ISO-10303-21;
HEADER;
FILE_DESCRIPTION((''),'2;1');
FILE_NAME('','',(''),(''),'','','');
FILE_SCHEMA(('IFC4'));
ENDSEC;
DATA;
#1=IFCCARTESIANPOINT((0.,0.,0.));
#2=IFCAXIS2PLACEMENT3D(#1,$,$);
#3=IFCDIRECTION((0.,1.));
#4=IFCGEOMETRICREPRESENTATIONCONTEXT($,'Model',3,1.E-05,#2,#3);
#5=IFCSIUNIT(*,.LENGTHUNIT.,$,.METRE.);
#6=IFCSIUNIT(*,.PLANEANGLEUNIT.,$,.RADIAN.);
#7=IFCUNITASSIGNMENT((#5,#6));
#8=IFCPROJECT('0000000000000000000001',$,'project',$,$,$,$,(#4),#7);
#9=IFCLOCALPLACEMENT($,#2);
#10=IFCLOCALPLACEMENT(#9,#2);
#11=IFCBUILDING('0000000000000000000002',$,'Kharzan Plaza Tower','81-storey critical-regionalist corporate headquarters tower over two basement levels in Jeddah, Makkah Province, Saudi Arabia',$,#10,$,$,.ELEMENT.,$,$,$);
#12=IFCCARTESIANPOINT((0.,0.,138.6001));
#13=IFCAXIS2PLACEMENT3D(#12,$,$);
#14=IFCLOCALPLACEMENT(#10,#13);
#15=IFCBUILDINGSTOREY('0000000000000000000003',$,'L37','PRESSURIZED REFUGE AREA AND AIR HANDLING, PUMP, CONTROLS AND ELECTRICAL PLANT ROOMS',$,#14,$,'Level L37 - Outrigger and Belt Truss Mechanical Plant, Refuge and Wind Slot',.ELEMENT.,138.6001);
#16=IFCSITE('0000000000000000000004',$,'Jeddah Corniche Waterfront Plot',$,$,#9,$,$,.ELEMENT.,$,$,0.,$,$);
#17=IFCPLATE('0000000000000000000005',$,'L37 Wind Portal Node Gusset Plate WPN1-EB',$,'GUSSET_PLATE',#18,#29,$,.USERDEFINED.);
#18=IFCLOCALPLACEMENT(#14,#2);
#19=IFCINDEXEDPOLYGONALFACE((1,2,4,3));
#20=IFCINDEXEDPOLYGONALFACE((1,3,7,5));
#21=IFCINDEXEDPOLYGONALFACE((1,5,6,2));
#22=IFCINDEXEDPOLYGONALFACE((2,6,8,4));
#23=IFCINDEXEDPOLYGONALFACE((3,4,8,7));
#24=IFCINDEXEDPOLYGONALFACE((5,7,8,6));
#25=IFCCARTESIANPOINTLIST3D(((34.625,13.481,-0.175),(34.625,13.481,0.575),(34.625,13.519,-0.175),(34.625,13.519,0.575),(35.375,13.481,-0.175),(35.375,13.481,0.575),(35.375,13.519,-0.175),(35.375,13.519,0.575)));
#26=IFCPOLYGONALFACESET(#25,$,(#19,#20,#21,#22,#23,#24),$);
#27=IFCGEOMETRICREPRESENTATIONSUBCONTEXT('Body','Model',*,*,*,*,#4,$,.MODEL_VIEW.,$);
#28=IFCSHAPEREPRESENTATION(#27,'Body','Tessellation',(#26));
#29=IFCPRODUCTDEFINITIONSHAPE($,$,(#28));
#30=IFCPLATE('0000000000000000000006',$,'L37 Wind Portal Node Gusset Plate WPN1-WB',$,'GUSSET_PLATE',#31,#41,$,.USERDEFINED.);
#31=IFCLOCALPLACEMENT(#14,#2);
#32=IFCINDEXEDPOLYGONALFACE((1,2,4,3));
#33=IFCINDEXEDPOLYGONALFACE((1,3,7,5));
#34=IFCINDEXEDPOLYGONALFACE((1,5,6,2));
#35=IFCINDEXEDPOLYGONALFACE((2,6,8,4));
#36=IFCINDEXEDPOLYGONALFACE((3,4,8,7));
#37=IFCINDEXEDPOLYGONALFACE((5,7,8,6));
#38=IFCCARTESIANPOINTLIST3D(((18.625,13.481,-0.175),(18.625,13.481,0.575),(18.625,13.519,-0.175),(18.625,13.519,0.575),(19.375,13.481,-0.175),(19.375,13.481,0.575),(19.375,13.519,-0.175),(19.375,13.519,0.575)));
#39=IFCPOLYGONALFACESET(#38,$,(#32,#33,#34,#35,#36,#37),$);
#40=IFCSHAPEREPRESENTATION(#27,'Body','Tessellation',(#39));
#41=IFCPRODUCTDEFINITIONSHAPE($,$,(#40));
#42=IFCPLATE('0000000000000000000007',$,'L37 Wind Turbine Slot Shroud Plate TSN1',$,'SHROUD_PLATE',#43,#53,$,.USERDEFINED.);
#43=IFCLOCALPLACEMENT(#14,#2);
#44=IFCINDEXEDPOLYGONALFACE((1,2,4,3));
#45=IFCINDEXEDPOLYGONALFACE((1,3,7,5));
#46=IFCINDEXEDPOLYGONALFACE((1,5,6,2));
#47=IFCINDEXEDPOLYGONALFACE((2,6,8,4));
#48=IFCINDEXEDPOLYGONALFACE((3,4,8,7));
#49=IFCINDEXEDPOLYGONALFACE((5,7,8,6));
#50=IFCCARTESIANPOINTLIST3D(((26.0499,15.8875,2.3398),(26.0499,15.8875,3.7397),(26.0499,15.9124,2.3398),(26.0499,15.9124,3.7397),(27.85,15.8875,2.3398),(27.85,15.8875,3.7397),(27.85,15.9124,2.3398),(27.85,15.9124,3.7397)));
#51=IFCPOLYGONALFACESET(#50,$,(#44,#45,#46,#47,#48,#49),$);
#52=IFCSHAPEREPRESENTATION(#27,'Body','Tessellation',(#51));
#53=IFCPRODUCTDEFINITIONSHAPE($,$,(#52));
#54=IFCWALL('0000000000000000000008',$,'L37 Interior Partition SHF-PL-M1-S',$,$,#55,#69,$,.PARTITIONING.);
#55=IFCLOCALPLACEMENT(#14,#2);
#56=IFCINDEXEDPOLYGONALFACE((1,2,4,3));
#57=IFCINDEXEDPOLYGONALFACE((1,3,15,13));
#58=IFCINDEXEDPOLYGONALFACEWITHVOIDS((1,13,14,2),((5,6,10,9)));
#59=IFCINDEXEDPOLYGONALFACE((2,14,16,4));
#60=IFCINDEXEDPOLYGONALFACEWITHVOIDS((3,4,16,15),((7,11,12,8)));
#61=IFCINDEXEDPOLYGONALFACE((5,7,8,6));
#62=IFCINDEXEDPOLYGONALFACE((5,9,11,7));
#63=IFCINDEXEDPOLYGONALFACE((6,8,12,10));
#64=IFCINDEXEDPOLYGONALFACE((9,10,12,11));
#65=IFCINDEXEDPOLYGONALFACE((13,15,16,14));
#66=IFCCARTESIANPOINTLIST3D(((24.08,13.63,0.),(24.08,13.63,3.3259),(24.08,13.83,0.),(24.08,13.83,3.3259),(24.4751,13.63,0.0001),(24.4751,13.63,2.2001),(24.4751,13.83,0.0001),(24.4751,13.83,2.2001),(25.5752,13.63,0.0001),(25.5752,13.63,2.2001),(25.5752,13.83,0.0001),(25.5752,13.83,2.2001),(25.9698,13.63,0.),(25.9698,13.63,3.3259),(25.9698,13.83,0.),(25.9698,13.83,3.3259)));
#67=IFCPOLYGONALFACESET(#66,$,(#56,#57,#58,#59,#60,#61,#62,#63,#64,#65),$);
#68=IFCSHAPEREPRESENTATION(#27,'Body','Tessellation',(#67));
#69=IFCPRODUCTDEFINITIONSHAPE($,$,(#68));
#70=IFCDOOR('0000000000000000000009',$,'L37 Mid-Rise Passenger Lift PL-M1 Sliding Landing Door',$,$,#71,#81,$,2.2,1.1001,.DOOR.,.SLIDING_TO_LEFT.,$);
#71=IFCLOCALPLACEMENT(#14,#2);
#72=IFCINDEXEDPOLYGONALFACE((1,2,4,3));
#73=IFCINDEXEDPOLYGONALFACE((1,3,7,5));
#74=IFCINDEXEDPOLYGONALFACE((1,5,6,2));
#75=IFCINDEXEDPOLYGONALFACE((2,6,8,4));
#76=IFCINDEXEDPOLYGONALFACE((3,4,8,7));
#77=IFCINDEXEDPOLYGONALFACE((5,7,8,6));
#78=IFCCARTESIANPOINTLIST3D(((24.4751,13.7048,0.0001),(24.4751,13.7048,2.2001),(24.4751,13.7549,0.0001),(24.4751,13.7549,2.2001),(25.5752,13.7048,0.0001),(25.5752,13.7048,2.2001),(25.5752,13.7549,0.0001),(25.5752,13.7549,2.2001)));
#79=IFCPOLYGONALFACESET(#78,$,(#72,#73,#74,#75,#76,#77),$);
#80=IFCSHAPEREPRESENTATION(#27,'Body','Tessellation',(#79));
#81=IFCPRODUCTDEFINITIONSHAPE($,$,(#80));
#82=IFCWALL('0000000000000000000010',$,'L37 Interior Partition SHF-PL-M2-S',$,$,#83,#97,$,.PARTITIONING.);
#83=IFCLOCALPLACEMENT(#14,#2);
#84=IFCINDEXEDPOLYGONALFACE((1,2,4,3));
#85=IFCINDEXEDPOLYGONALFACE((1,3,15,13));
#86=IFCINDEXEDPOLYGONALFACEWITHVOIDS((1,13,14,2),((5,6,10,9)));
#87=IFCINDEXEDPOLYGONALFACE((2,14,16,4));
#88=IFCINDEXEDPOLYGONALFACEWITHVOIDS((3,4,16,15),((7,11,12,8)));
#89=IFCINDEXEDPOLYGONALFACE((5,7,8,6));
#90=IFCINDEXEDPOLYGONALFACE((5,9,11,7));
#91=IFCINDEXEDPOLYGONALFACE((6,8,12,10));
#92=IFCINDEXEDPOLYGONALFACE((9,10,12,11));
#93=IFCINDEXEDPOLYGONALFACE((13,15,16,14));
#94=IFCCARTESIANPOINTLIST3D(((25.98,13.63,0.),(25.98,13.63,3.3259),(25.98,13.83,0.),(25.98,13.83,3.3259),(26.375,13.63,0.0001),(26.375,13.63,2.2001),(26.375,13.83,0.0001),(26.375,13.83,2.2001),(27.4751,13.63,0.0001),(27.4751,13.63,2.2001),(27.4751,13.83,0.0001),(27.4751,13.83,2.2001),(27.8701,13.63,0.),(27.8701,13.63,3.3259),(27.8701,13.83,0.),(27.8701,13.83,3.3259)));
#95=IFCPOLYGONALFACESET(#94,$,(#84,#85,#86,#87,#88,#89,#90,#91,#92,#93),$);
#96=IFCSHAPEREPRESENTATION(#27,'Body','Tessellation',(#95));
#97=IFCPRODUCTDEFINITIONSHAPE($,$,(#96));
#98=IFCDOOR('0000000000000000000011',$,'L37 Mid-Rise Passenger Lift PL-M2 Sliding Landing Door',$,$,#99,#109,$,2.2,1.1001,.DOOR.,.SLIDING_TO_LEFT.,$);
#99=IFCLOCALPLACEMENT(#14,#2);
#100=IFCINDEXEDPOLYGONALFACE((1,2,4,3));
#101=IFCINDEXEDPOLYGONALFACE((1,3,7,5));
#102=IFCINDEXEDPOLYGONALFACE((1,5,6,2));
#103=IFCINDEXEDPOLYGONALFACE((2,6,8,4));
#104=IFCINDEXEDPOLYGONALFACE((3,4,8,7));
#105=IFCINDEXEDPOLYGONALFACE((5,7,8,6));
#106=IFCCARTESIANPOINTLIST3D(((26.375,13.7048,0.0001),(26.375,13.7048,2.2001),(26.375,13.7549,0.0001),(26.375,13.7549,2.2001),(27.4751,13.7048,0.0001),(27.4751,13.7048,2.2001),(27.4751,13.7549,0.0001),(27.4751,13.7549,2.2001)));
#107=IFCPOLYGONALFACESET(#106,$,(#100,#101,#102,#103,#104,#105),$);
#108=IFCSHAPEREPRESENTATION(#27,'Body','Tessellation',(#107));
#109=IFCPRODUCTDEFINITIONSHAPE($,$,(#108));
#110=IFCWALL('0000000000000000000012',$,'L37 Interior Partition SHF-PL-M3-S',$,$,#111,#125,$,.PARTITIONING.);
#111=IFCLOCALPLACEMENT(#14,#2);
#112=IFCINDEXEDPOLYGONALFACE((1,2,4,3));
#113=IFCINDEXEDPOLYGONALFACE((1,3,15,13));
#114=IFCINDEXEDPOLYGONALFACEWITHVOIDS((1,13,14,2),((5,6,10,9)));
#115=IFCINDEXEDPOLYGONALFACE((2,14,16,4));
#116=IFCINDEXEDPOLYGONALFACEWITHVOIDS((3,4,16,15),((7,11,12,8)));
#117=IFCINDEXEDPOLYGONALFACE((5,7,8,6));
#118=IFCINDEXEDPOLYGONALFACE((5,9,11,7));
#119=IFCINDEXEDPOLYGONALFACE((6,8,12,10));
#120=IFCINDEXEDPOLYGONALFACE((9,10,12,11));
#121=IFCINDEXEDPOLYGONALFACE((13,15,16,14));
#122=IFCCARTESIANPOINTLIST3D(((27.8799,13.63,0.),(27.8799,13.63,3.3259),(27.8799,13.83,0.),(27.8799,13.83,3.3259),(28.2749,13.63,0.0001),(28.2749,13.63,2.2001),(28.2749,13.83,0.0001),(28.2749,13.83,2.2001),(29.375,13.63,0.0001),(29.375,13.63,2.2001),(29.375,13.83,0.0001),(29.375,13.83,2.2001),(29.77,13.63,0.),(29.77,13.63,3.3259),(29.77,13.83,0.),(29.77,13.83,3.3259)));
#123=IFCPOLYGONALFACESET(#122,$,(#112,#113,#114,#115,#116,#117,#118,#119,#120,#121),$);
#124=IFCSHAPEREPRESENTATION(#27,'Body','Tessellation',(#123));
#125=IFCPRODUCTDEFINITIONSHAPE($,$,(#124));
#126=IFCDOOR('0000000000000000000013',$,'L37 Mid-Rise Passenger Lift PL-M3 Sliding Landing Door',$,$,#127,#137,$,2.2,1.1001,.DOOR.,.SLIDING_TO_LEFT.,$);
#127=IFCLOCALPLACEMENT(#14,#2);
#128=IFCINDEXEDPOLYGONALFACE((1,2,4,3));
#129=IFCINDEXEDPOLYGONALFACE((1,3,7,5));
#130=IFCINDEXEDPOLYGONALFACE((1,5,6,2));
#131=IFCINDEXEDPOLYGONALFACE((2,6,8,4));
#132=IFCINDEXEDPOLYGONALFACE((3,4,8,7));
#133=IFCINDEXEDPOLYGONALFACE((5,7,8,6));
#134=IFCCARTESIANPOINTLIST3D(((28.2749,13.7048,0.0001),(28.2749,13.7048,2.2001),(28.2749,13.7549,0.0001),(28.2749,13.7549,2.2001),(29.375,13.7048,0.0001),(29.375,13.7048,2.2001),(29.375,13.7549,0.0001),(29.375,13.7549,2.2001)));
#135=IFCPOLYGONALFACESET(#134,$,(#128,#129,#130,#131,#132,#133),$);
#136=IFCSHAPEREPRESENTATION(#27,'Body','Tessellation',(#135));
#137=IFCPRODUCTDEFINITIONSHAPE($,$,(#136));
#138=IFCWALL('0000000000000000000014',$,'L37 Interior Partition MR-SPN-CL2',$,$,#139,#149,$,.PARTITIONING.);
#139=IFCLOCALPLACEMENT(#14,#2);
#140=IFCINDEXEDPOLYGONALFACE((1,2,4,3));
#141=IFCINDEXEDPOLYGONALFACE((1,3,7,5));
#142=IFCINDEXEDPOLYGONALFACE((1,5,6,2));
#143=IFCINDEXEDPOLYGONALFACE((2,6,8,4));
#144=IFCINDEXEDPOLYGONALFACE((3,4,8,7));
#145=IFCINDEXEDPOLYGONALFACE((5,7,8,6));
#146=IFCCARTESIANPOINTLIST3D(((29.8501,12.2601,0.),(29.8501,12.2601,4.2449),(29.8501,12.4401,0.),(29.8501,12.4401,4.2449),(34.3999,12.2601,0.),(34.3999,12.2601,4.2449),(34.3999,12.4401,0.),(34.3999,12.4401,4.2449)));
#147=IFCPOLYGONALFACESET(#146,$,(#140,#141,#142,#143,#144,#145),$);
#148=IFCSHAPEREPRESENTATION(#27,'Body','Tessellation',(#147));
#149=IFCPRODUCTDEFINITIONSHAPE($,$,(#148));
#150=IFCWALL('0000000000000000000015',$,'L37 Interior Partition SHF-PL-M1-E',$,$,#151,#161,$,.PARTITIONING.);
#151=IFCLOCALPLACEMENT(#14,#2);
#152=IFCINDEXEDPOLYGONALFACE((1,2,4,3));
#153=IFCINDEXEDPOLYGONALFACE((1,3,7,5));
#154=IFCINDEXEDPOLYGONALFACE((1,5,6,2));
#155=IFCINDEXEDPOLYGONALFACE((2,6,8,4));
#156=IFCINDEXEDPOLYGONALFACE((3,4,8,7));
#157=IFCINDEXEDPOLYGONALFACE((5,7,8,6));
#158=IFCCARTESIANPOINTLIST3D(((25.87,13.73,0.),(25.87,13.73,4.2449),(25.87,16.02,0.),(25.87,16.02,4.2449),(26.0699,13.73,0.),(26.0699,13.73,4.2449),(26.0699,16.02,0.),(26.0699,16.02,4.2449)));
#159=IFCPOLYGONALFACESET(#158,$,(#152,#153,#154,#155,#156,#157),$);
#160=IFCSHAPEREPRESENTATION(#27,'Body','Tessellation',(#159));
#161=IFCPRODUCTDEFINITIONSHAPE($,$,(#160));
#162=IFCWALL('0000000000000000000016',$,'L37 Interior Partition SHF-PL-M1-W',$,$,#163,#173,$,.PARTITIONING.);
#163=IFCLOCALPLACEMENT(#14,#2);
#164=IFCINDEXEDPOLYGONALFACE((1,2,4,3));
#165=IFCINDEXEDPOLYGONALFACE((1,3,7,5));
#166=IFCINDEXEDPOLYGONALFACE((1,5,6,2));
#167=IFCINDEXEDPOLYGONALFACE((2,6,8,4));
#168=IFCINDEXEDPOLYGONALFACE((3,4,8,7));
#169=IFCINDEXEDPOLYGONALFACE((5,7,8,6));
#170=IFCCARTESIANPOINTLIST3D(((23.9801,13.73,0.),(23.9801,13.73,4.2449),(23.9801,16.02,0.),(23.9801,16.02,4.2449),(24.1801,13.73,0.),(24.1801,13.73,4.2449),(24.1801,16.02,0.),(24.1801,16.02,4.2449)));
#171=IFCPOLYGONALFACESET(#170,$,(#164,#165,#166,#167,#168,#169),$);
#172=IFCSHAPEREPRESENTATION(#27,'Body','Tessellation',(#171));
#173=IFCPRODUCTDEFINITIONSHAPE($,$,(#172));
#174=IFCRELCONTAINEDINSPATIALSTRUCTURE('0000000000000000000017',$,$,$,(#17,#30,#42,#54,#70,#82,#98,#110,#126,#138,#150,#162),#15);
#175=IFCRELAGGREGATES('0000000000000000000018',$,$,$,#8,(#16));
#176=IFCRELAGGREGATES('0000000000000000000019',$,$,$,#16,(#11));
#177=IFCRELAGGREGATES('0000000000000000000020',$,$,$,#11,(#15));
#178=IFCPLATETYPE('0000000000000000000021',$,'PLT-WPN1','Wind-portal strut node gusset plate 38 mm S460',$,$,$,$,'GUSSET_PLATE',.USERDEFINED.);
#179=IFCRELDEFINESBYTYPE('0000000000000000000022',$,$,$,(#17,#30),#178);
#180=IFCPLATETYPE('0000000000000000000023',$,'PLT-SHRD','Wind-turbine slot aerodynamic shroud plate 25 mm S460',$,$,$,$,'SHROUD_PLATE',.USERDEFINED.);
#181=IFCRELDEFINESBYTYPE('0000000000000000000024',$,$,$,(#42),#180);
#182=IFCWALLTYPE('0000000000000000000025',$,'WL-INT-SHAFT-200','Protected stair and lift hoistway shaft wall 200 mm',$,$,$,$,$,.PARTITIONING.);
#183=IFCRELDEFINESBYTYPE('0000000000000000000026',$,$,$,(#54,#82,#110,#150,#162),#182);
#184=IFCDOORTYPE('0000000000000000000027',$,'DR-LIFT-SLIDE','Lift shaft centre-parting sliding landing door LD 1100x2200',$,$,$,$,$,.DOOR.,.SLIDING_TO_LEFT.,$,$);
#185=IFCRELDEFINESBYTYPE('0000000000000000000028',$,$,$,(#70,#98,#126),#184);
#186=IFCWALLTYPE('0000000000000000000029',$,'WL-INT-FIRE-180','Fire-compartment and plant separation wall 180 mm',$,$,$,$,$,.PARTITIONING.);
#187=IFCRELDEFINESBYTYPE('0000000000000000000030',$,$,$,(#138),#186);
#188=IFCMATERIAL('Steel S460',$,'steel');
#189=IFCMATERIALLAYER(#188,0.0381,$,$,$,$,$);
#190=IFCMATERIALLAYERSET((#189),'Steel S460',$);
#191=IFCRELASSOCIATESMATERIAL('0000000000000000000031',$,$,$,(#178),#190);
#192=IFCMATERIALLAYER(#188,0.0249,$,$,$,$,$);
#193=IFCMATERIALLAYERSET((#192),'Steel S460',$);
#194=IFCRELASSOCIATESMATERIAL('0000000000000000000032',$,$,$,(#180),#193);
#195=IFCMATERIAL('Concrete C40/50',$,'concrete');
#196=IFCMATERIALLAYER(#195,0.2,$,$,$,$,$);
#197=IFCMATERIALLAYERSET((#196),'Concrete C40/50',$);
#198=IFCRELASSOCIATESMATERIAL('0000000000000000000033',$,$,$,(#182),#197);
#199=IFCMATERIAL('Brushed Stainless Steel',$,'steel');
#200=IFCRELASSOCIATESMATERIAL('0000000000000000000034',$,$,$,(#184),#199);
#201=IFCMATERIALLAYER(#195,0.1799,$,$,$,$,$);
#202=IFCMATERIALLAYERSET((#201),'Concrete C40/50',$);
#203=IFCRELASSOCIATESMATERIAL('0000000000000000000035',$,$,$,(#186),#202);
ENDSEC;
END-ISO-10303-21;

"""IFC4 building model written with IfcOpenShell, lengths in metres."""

from ifc_helpers import new_model, si_unit, direction, frame, frame_2d, origin, origin_2d, place, context, subcontext, project, spatial, rectangle, extrude, source, transform, mapped, material, layer, layer_set, type_object, element, fill, save


model = new_model("IFC4")

# Units and contexts
model_context = context("Model", 3, precision=1e-05, world=origin(), true_north=direction((0.0, 1.0)))
body_context = subcontext(model_context, "Body", "Model", "MODEL_VIEW")
ifc_project = project(units=[si_unit("LENGTHUNIT", "METRE"), si_unit("PLANEANGLEUNIT", "RADIAN")], contexts=[model_context])

# Site, building, storey
site_placement = place(None, origin())
site = spatial("IfcSite", under=ifc_project, at=site_placement, Name="Jeddah Corniche Waterfront Plot", CompositionType="ELEMENT", RefElevation=0.0)
building_placement = place(site_placement, origin())
building = spatial("IfcBuilding", under=site, at=building_placement, Name="Kharzan Plaza Tower", Description="81-storey critical-regionalist corporate headquarters tower over two basement levels in Jeddah, Makkah Province, Saudi Arabia", CompositionType="ELEMENT")
storey_placement = place(building_placement, frame((0.0, 0.0, 138.6001)))
storey = spatial("IfcBuildingStorey", under=building, at=storey_placement, Name="L37", Description="PRESSURIZED REFUGE AREA AND AIR HANDLING, PUMP, CONTROLS AND ELECTRICAL PLANT ROOMS", LongName="Level L37 - Outrigger and Belt Truss Mechanical Plant, Refuge and Wind Slot", CompositionType="ELEMENT", Elevation=138.6001)

# Plates
ifc_material_1 = material(Name="Steel S460", Category="steel")
ifc_layer_1 = layer(ifc_material_1, 0.0381)
ifc_layer_set_1 = layer_set([ifc_layer_1], Name="Steel S460")
plate_type_1 = type_object("IfcPlateType", Name="PLT-WPN1", Description="Wind-portal strut node gusset plate 38 mm S460", ElementType="GUSSET_PLATE", PredefinedType="USERDEFINED", material=ifc_layer_set_1)
shared_shape_1 = source(origin(), body_context, "Body", "SweptSolid", [
    extrude(rectangle(XDim=0.75, YDim=0.0381, at=origin_2d()), origin(), (0.0, 0.0, 1.0), 0.75),
])
for number, where, z_axis, x_axis, name in (
    (1, (35.0, 13.5, -0.175), (0.0, 0.0, 1.0), (1.0, 0.0, 0.0), "L37 Wind Portal Node Gusset Plate WPN1-EB"),
    (2, (19.0, 13.5, -0.175), (0.0, 0.0, 1.0), (1.0, 0.0, 0.0), "L37 Wind Portal Node Gusset Plate WPN1-WB"),
):
    element("IfcPlate", number, at=place(storey_placement, frame(where, z_axis=z_axis, x_axis=x_axis)), inside=storey, type_object=plate_type_1, Name=name, ObjectType="GUSSET_PLATE", PredefinedType="USERDEFINED", context=body_context, shape_type="MappedRepresentation", body=[
        mapped(shared_shape_1, transform((0.0, 0.0, 0.0), x_axis=(1.0, 0.0, 0.0), y_axis=(0.0, 1.0, 0.0), z_axis=(0.0, 0.0, 1.0))),
    ])
ifc_layer_2 = layer(ifc_material_1, 0.0249)
ifc_layer_set_2 = layer_set([ifc_layer_2], Name="Steel S460")
plate_type_2 = type_object("IfcPlateType", Name="PLT-SHRD", Description="Wind-turbine slot aerodynamic shroud plate 25 mm S460", ElementType="SHROUD_PLATE", PredefinedType="USERDEFINED", material=ifc_layer_set_2)
shared_shape_2 = source(origin(), body_context, "Body", "SweptSolid", [
    extrude(rectangle(XDim=1.8, YDim=0.0249, at=origin_2d()), origin(), (0.0, 0.0, 1.0), 1.3999),
])
plate_placement = place(storey_placement, frame((26.95, 15.8999, 2.3398), z_axis=(0.0, 0.0, 1.0), x_axis=(1.0, 0.0, 0.0)))
element("IfcPlate", 3, at=plate_placement, inside=storey, type_object=plate_type_2, Name="L37 Wind Turbine Slot Shroud Plate TSN1", ObjectType="SHROUD_PLATE", PredefinedType="USERDEFINED", context=body_context, shape_type="MappedRepresentation", body=[
    mapped(shared_shape_2, transform((0.0, 0.0, 0.0), x_axis=(1.0, 0.0, 0.0), y_axis=(0.0, 1.0, 0.0), z_axis=(0.0, 0.0, 1.0))),
])

# Walls, openings, doors
ifc_material_2 = material(Name="Concrete C40/50", Category="concrete")
ifc_layer_3 = layer(ifc_material_2, 0.2)
ifc_layer_set_3 = layer_set([ifc_layer_3], Name="Concrete C40/50")
wall_type_1 = type_object("IfcWallType", Name="WL-INT-SHAFT-200", Description="Protected stair and lift hoistway shaft wall 200 mm", PredefinedType="PARTITIONING", material=ifc_layer_set_3)
wall_1_placement = place(storey_placement, frame((24.0801, 13.73, 0.0), z_axis=(0.0, 0.0, 1.0), x_axis=(1.0, 0.0, 0.0)))
wall_1 = element("IfcWall", 4, at=wall_1_placement, inside=storey, type_object=wall_type_1, Name="L37 Interior Partition SHF-PL-M1-S", PredefinedType="PARTITIONING", context=body_context, shape_type="SweptSolid", body=[
    extrude(rectangle(XDim=1.8899, YDim=0.2, at=frame_2d((0.9448, 0.0))), origin(), (0.0, 0.0, 1.0), 3.3259),
])
opening_1_placement = place(wall_1_placement, frame((0.395, 0.0, 0.0)))
opening_1 = element("IfcOpeningElement", 5, at=opening_1_placement, cuts=wall_1, PredefinedType="OPENING", context=body_context, shape_type="SweptSolid", body=[
    extrude(rectangle(XDim=1.1001, YDim=2.2, at=frame_2d((0.55, 1.1001))), frame((0.0, 0.1099, 0.0), z_axis=(0.0, -1.0, 0.0), x_axis=(1.0, 0.0, 0.0)), (0.0, 0.0, 1.0), 0.22),
])
ifc_material_3 = material(Name="Brushed Stainless Steel", Category="steel")
door_type = type_object("IfcDoorType", Name="DR-LIFT-SLIDE", Description="Lift shaft centre-parting sliding landing door LD 1100x2200", OperationType="SLIDING_TO_LEFT", PredefinedType="DOOR", material=ifc_material_3)
shared_shape_3 = source(origin(), body_context, "Body", "SweptSolid", [
    extrude(rectangle(XDim=1.1001, YDim=2.2, at=frame_2d((0.55, 1.1001))), frame((0.0, 0.0249, 0.0), z_axis=(0.0, -1.0, 0.0), x_axis=(1.0, 0.0, 0.0)), (0.0, 0.0, 1.0), 0.05),
])
door_1_placement = place(opening_1_placement, origin())
door_1 = element("IfcDoor", 6, at=door_1_placement, inside=storey, type_object=door_type, Name="L37 Mid-Rise Passenger Lift PL-M1 Sliding Landing Door", OperationType="SLIDING_TO_LEFT", OverallHeight=2.2, OverallWidth=1.1001, PredefinedType="DOOR", context=body_context, shape_type="MappedRepresentation", body=[
    mapped(shared_shape_3, transform((0.0, 0.0, 0.0), x_axis=(1.0, 0.0, 0.0), y_axis=(0.0, 1.0, 0.0), z_axis=(0.0, 0.0, 1.0))),
])
fill(opening_1, door_1)
wall_2_placement = place(storey_placement, frame((25.98, 13.73, 0.0), z_axis=(0.0, 0.0, 1.0), x_axis=(1.0, 0.0, 0.0)))
wall_2 = element("IfcWall", 7, at=wall_2_placement, inside=storey, type_object=wall_type_1, Name="L37 Interior Partition SHF-PL-M2-S", PredefinedType="PARTITIONING", context=body_context, shape_type="SweptSolid", body=[
    extrude(rectangle(XDim=1.8901, YDim=0.2, at=frame_2d((0.9451, 0.0))), origin(), (0.0, 0.0, 1.0), 3.3259),
])
opening_2_placement = place(wall_2_placement, frame((0.395, 0.0, 0.0)))
opening_2 = element("IfcOpeningElement", 8, at=opening_2_placement, cuts=wall_2, PredefinedType="OPENING", context=body_context, shape_type="SweptSolid", body=[
    extrude(rectangle(XDim=1.1001, YDim=2.2, at=frame_2d((0.55, 1.1001))), frame((0.0, 0.1099, 0.0), z_axis=(0.0, -1.0, 0.0), x_axis=(1.0, 0.0, 0.0)), (0.0, 0.0, 1.0), 0.22),
])
door_2_placement = place(opening_2_placement, origin())
door_2 = element("IfcDoor", 9, at=door_2_placement, inside=storey, type_object=door_type, Name="L37 Mid-Rise Passenger Lift PL-M2 Sliding Landing Door", OperationType="SLIDING_TO_LEFT", OverallHeight=2.2, OverallWidth=1.1001, PredefinedType="DOOR", context=body_context, shape_type="MappedRepresentation", body=[
    mapped(shared_shape_3, transform((0.0, 0.0, 0.0), x_axis=(1.0, 0.0, 0.0), y_axis=(0.0, 1.0, 0.0), z_axis=(0.0, 0.0, 1.0))),
])
fill(opening_2, door_2)
wall_3_placement = place(storey_placement, frame((27.8799, 13.73, 0.0), z_axis=(0.0, 0.0, 1.0), x_axis=(1.0, 0.0, 0.0)))
wall_3 = element("IfcWall", 10, at=wall_3_placement, inside=storey, type_object=wall_type_1, Name="L37 Interior Partition SHF-PL-M3-S", PredefinedType="PARTITIONING", context=body_context, shape_type="SweptSolid", body=[
    extrude(rectangle(XDim=1.8901, YDim=0.2, at=frame_2d((0.9451, 0.0))), origin(), (0.0, 0.0, 1.0), 3.3259),
])
opening_3_placement = place(wall_3_placement, frame((0.395, 0.0, 0.0)))
opening_3 = element("IfcOpeningElement", 11, at=opening_3_placement, cuts=wall_3, PredefinedType="OPENING", context=body_context, shape_type="SweptSolid", body=[
    extrude(rectangle(XDim=1.1001, YDim=2.2, at=frame_2d((0.55, 1.1001))), frame((0.0, 0.1099, 0.0), z_axis=(0.0, -1.0, 0.0), x_axis=(1.0, 0.0, 0.0)), (0.0, 0.0, 1.0), 0.22),
])
door_3_placement = place(opening_3_placement, origin())
door_3 = element("IfcDoor", 12, at=door_3_placement, inside=storey, type_object=door_type, Name="L37 Mid-Rise Passenger Lift PL-M3 Sliding Landing Door", OperationType="SLIDING_TO_LEFT", OverallHeight=2.2, OverallWidth=1.1001, PredefinedType="DOOR", context=body_context, shape_type="MappedRepresentation", body=[
    mapped(shared_shape_3, transform((0.0, 0.0, 0.0), x_axis=(1.0, 0.0, 0.0), y_axis=(0.0, 1.0, 0.0), z_axis=(0.0, 0.0, 1.0))),
])
fill(opening_3, door_3)

# Walls
ifc_layer_4 = layer(ifc_material_2, 0.1799)
ifc_layer_set_4 = layer_set([ifc_layer_4], Name="Concrete C40/50")
wall_type_2 = type_object("IfcWallType", Name="WL-INT-FIRE-180", Description="Fire-compartment and plant separation wall 180 mm", PredefinedType="PARTITIONING", material=ifc_layer_set_4)
shared_shape_4 = source(origin(), body_context, "Body", "SweptSolid", [
    extrude(rectangle(XDim=4.5498, YDim=0.1799, at=frame_2d((2.2749, 0.0))), origin(), (0.0, 0.0, 1.0), 4.2449),
])
wall_4_placement = place(storey_placement, frame((29.8501, 12.3501, 0.0), z_axis=(0.0, 0.0, 1.0), x_axis=(1.0, 0.0, 0.0)))
element("IfcWall", 13, at=wall_4_placement, inside=storey, type_object=wall_type_2, Name="L37 Interior Partition MR-SPN-CL2", PredefinedType="PARTITIONING", context=body_context, shape_type="MappedRepresentation", body=[
    mapped(shared_shape_4, transform((0.0, 0.0, 0.0), x_axis=(1.0, 0.0, 0.0), y_axis=(0.0, 1.0, 0.0), z_axis=(0.0, 0.0, 1.0))),
])
shared_shape_5 = source(origin(), body_context, "Body", "SweptSolid", [
    extrude(rectangle(XDim=2.29, YDim=0.2, at=frame_2d((1.145, 0.0))), origin(), (0.0, 0.0, 1.0), 4.2449),
])
for number, where, z_axis, x_axis, name in (
    (14, (25.97, 13.73, 0.0), (0.0, 0.0, 1.0), (0.0, 1.0, 0.0), "L37 Interior Partition SHF-PL-M1-E"),
    (15, (24.0801, 13.73, 0.0), (0.0, 0.0, 1.0), (0.0, 1.0, 0.0), "L37 Interior Partition SHF-PL-M1-W"),
):
    element("IfcWall", number, at=place(storey_placement, frame(where, z_axis=z_axis, x_axis=x_axis)), inside=storey, type_object=wall_type_1, Name=name, PredefinedType="PARTITIONING", context=body_context, shape_type="MappedRepresentation", body=[
        mapped(shared_shape_5, transform((0.0, 0.0, 0.0), x_axis=(1.0, 0.0, 0.0), y_axis=(0.0, 1.0, 0.0), z_axis=(0.0, 0.0, 1.0))),
    ])

save(model, "model.ifc")
